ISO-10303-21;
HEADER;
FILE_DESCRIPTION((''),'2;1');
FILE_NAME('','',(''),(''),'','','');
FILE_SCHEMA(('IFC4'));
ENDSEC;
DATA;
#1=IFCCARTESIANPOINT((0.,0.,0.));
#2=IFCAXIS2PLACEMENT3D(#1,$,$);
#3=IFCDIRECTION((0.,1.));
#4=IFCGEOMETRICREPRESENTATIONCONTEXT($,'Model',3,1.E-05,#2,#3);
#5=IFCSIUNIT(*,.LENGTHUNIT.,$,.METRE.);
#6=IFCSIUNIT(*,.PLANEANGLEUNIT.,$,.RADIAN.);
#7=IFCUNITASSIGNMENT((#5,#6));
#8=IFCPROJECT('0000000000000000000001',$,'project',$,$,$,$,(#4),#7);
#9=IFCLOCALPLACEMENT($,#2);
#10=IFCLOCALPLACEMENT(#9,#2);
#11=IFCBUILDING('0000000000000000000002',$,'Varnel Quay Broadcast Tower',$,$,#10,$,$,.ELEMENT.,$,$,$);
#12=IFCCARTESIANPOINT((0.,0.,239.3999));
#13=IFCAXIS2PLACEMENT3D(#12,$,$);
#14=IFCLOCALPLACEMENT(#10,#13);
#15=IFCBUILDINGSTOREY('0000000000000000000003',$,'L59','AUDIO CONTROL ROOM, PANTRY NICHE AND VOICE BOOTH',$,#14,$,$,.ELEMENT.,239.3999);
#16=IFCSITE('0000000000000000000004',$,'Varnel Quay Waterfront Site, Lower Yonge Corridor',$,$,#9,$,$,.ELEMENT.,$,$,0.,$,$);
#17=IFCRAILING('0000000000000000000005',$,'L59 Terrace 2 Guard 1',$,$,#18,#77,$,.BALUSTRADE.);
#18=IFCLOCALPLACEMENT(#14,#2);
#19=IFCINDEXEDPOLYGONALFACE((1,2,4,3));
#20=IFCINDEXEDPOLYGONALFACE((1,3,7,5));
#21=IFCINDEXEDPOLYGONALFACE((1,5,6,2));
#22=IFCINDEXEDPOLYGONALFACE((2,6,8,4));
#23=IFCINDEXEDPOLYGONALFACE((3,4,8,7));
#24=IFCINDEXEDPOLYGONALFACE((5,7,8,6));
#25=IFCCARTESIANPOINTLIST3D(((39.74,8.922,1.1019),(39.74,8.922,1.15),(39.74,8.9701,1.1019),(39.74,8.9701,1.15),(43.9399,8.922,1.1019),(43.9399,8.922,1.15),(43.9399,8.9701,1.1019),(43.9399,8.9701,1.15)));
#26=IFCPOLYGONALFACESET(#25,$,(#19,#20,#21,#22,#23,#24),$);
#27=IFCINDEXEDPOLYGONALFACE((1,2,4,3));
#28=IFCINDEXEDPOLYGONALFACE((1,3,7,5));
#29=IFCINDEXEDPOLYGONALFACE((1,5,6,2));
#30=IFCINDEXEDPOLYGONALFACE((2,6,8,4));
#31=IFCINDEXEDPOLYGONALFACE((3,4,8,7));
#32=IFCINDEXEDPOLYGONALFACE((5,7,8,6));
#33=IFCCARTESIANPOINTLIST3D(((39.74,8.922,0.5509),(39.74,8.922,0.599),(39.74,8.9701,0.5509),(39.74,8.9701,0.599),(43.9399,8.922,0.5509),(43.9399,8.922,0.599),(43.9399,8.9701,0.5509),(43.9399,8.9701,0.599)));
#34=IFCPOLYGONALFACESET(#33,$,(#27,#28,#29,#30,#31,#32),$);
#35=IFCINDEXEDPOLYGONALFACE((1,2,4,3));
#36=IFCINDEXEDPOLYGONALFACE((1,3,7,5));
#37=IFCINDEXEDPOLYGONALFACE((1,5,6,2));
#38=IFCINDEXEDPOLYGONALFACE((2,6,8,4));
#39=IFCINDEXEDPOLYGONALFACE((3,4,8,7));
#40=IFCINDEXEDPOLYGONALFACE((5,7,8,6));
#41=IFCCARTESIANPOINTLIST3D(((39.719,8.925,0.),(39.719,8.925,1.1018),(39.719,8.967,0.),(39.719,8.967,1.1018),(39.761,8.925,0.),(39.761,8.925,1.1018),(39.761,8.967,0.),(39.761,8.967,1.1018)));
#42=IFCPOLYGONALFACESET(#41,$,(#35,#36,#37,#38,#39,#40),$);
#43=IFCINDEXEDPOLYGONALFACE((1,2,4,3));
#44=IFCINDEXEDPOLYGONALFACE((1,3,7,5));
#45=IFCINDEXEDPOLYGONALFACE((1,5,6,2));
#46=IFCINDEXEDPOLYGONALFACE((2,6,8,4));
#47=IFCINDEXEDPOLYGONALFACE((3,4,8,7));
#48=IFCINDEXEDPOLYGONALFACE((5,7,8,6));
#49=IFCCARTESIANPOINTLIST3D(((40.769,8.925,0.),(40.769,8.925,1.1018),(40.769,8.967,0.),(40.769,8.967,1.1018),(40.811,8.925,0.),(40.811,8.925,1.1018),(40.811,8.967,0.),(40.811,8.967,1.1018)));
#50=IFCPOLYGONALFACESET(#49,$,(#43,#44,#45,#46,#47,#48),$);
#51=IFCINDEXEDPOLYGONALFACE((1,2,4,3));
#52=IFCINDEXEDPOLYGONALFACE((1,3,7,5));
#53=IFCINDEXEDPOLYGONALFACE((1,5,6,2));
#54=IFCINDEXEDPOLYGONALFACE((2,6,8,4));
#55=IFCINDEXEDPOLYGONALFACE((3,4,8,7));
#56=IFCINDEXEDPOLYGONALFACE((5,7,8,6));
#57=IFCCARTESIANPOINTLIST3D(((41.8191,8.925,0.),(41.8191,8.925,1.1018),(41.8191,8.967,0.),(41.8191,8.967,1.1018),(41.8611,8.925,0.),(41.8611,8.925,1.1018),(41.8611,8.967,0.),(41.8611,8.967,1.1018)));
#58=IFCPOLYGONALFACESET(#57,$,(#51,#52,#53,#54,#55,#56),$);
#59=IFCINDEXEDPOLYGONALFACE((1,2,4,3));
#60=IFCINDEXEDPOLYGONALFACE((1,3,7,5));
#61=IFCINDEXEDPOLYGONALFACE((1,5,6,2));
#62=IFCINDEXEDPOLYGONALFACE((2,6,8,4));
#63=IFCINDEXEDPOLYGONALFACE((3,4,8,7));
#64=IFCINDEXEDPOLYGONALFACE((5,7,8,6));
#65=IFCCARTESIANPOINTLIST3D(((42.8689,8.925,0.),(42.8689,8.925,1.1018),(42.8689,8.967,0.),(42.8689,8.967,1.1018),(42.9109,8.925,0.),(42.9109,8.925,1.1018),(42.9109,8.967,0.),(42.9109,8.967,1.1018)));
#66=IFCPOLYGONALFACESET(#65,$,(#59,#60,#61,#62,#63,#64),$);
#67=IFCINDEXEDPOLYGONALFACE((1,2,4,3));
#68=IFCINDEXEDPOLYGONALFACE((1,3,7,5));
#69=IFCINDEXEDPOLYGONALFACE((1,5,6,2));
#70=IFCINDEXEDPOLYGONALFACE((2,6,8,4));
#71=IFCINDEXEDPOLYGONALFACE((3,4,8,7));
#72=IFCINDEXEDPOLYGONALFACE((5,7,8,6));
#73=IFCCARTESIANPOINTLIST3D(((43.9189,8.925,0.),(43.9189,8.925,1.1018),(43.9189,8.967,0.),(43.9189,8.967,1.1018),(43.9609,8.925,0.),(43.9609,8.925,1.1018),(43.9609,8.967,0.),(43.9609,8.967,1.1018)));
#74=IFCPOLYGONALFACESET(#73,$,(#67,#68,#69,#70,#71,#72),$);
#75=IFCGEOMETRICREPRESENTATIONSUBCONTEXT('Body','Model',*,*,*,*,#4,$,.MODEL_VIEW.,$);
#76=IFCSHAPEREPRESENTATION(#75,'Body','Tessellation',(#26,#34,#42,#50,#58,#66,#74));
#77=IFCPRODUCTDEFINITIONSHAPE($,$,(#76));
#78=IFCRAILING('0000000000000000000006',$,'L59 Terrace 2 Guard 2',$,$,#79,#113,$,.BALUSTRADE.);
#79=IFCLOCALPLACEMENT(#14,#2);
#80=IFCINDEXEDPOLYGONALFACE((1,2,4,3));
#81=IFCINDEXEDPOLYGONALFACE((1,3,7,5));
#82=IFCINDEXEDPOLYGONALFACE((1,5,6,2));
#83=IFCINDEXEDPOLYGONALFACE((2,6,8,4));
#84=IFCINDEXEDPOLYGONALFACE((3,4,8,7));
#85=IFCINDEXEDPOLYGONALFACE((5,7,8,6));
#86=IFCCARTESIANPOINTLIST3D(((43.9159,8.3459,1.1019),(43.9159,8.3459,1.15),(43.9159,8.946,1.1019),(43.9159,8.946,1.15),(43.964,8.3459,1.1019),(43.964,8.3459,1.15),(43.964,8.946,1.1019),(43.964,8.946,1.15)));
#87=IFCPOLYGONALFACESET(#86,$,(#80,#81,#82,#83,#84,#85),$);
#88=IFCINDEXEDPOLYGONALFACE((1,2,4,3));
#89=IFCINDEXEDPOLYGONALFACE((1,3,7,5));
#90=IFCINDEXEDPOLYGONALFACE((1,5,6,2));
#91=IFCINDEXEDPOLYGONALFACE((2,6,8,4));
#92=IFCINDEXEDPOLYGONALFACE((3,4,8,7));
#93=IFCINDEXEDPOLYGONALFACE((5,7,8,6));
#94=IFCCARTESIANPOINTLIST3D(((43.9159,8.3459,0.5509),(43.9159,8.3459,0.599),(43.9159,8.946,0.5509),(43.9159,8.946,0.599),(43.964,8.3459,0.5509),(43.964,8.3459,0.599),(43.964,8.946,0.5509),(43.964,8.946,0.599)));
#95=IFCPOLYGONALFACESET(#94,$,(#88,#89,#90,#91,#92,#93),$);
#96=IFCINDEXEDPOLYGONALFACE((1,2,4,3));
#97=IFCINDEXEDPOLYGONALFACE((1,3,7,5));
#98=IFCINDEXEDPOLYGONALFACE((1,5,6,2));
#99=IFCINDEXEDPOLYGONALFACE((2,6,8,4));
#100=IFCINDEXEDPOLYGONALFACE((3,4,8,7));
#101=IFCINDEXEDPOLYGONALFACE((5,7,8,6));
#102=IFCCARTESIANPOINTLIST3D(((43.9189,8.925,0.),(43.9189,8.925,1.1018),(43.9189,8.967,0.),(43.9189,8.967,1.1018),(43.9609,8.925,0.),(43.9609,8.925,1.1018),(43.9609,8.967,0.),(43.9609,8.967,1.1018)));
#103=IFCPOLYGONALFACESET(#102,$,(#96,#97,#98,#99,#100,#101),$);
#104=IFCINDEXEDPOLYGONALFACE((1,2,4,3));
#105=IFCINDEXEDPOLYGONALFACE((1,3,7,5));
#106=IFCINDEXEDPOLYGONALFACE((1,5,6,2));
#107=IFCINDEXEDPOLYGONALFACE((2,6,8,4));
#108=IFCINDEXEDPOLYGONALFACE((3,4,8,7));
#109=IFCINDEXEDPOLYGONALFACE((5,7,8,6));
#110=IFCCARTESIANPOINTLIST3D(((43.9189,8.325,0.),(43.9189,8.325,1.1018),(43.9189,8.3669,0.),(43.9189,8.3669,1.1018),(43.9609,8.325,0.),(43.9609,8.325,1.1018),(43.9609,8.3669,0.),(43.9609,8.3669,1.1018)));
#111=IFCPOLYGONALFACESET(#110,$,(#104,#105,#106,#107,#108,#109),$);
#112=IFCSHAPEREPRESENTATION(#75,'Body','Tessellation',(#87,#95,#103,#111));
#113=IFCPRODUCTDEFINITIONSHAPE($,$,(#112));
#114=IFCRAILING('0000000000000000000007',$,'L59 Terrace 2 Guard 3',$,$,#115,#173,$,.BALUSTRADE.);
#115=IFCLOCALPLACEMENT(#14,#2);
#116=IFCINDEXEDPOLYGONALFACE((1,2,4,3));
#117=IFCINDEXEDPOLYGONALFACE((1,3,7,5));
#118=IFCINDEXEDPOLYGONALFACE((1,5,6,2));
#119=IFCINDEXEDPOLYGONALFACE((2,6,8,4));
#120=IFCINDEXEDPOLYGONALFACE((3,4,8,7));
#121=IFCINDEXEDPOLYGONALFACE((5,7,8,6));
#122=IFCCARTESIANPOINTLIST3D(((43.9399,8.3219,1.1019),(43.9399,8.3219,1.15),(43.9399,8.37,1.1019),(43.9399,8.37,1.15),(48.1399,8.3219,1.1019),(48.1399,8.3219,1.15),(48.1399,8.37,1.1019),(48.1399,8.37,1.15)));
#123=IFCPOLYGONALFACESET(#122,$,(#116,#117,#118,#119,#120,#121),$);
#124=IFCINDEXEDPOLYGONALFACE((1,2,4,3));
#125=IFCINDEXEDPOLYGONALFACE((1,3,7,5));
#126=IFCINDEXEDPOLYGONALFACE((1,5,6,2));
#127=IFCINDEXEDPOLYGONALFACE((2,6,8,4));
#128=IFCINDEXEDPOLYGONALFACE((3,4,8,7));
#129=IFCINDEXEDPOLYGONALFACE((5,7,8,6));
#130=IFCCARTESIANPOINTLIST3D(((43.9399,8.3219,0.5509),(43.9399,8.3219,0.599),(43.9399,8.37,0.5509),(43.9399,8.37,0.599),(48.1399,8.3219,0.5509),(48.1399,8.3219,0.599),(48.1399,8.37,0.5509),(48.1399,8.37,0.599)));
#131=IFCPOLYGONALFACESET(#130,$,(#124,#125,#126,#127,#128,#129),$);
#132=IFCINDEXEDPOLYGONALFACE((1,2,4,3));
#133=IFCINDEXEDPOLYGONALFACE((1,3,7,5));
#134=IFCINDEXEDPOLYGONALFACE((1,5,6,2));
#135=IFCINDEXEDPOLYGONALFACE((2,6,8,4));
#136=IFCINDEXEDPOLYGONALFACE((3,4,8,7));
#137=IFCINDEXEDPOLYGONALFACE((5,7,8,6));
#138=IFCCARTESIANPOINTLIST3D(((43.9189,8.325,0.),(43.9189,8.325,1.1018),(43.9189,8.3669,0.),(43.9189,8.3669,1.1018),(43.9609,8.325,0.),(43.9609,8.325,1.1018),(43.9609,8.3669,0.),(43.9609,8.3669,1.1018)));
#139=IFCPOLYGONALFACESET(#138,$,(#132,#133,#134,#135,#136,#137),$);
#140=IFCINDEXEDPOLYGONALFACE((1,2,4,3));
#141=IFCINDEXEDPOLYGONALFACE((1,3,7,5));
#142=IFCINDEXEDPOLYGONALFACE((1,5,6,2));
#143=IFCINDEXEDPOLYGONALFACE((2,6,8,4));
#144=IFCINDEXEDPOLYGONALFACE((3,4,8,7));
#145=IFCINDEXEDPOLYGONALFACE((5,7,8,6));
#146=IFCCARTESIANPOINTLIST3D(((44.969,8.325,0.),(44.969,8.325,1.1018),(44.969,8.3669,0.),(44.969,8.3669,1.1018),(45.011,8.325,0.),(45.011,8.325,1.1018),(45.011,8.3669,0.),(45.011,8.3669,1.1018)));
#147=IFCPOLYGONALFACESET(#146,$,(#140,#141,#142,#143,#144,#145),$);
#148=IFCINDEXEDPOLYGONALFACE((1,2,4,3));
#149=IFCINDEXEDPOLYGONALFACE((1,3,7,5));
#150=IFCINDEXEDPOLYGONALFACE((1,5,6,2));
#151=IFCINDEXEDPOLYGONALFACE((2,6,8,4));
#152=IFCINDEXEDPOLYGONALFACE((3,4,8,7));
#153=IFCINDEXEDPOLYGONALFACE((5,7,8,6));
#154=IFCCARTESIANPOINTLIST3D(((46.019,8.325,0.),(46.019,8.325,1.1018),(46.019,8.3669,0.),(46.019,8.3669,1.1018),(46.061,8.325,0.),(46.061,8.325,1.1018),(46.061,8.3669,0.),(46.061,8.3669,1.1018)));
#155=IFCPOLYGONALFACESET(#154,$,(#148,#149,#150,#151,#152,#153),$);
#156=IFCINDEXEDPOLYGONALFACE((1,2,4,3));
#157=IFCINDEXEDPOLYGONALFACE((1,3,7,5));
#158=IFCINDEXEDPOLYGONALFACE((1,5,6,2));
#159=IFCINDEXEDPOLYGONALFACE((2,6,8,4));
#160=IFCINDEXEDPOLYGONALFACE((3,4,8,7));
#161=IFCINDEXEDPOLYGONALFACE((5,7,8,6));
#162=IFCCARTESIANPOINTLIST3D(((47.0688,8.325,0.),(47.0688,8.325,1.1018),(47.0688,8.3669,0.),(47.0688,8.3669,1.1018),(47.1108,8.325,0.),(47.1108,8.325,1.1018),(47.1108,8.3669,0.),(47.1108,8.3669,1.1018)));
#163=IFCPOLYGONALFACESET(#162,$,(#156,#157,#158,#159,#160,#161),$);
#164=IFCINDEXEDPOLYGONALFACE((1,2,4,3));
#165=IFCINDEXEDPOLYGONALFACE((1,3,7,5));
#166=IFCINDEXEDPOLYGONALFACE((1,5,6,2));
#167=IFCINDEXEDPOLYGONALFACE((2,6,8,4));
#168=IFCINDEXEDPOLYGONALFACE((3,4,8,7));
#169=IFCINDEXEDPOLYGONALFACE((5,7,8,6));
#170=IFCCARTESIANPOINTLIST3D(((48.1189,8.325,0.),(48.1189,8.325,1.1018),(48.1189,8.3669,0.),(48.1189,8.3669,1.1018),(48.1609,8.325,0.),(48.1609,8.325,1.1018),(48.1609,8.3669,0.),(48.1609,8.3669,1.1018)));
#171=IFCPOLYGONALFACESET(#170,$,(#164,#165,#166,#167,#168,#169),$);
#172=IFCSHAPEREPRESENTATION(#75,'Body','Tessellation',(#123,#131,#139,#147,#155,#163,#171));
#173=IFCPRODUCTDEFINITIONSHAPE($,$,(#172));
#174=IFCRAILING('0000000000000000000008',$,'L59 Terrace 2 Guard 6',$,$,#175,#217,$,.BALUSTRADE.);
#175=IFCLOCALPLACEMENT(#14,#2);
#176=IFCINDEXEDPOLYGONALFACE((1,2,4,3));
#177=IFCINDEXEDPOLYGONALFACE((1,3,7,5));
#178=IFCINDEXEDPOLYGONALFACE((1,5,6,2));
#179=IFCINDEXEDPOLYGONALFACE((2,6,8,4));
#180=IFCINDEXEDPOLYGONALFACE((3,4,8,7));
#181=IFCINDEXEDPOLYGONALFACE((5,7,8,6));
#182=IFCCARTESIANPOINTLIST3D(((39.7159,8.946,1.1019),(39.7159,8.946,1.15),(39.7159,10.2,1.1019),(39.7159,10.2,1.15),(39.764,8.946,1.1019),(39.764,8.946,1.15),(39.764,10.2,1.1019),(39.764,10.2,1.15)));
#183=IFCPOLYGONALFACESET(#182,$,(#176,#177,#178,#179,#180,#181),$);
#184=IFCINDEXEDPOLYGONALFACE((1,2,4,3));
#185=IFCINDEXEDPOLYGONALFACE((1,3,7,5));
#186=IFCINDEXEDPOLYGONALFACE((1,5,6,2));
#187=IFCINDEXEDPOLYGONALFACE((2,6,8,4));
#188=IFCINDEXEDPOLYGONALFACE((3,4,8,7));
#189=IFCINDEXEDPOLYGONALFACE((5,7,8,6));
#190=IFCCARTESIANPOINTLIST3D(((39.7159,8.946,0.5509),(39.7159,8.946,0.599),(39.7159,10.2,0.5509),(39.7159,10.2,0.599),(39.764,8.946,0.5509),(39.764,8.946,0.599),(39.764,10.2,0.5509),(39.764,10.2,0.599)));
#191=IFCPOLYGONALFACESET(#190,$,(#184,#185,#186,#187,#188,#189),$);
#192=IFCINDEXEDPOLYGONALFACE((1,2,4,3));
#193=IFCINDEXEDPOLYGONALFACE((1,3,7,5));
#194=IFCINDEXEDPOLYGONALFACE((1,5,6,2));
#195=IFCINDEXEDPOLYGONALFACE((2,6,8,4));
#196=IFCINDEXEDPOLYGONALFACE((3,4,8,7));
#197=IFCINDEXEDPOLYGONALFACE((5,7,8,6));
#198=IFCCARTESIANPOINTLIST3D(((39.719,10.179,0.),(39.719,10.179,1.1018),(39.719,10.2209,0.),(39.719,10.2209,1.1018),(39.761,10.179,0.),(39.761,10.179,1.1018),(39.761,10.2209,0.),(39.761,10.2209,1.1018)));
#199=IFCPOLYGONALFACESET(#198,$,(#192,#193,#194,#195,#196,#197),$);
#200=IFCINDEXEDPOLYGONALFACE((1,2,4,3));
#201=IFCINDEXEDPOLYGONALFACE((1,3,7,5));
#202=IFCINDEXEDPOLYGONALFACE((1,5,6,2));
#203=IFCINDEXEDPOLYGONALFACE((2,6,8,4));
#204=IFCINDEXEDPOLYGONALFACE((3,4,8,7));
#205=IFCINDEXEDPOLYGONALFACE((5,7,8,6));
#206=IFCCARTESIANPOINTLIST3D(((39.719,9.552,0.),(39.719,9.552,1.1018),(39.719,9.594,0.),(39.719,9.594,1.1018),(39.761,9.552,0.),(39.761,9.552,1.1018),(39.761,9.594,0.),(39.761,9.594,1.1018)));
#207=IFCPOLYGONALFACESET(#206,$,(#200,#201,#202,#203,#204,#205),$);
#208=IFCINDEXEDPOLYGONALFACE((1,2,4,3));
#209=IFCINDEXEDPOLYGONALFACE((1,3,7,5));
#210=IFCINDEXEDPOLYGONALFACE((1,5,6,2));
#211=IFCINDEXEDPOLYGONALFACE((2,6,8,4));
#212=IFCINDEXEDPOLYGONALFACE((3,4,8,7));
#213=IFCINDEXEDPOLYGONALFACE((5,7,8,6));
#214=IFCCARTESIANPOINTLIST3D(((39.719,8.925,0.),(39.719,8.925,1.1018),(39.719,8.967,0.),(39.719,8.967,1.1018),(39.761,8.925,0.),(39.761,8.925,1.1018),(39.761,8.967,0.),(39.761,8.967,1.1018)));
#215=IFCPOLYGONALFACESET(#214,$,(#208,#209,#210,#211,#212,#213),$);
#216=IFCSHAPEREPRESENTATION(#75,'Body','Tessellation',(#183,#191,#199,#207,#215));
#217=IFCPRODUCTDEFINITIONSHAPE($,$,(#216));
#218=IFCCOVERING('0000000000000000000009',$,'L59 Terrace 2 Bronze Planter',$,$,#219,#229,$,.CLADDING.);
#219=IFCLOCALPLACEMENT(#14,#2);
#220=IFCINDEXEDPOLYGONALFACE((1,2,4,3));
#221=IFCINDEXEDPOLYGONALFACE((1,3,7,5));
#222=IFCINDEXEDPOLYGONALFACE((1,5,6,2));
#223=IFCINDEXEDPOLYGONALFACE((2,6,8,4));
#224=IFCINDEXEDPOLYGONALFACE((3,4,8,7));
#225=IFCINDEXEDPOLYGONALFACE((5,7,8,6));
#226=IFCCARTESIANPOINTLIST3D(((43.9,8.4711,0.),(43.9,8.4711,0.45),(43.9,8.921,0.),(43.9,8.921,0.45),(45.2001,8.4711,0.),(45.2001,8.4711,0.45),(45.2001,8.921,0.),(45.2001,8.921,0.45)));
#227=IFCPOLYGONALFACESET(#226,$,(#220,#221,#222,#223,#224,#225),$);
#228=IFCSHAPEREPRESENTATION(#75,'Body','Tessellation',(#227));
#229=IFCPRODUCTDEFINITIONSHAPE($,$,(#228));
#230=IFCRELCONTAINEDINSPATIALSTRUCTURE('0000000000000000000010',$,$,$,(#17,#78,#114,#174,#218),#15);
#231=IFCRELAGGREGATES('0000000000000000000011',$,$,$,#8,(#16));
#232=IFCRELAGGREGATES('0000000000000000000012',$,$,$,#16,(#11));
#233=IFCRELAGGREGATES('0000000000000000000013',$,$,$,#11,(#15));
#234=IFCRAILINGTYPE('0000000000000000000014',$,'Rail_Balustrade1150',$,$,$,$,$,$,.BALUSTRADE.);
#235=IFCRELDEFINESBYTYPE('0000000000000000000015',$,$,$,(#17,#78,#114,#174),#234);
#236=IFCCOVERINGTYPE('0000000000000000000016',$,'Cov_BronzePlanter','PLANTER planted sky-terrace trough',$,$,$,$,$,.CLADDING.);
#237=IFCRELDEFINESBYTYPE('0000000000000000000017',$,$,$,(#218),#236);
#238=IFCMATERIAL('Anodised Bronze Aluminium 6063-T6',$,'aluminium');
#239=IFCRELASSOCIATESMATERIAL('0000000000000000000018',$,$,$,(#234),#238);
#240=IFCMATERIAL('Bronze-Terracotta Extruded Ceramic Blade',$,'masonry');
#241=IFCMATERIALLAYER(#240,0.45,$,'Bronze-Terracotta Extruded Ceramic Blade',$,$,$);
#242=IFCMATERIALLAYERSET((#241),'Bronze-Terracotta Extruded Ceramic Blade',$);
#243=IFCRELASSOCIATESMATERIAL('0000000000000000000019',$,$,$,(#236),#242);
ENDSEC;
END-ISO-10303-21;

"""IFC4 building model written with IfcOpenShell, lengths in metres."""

from ifc_helpers import new_model, si_unit, direction, frame, origin, origin_2d, place, context, subcontext, project, spatial, rectangle, extrude, source, transform, mapped, material, layer, layer_set, type_object, type_shapes, element, save


model = new_model("IFC4")

# Units and contexts
model_context = context("Model", 3, precision=1e-05, world=origin(), true_north=direction((0.0, 1.0)))
body_context = subcontext(model_context, "Body", "Model", "MODEL_VIEW")
ifc_project = project(units=[si_unit("LENGTHUNIT", "METRE"), si_unit("PLANEANGLEUNIT", "RADIAN")], contexts=[model_context])

# Site, building, storey
site_placement = place(None, origin())
site = spatial("IfcSite", under=ifc_project, at=site_placement, Name="Varnel Quay Waterfront Site, Lower Yonge Corridor", CompositionType="ELEMENT", RefElevation=0.0)
building_placement = place(site_placement, origin())
building = spatial("IfcBuilding", under=site, at=building_placement, Name="Varnel Quay Broadcast Tower", CompositionType="ELEMENT")
storey_placement = place(building_placement, frame((0.0, 0.0, 239.3999)))
storey = spatial("IfcBuildingStorey", under=building, at=storey_placement, Name="L59", Description="AUDIO CONTROL ROOM, PANTRY NICHE AND VOICE BOOTH", CompositionType="ELEMENT", Elevation=239.3999)

# Shared definitions
ifc_material_1 = material(Name="Anodised Bronze Aluminium 6063-T6", Category="aluminium")

# Railings
railing_type = type_object("IfcRailingType", Name="Rail_Balustrade1150", PredefinedType="BALUSTRADE", material=ifc_material_1)
railing_1_placement = place(storey_placement, frame((39.74, 8.946, 0.0)))
element("IfcRailing", 1, at=railing_1_placement, inside=storey, type_object=railing_type, Name="L59 Terrace 2 Guard 1", PredefinedType="BALUSTRADE", context=body_context, shape_type="SweptSolid", body=[
    extrude(rectangle(XDim=0.0481, YDim=0.0481, at=origin_2d()), frame((0.0, 0.0, 1.126), z_axis=(1.0, 0.0, 0.0), x_axis=(0.0, 1.0, 0.0)), (0.0, 0.0, 1.0), 4.2),
    extrude(rectangle(XDim=0.0481, YDim=0.0481, at=origin_2d()), frame((0.0, 0.0, 0.575), z_axis=(1.0, 0.0, 0.0), x_axis=(0.0, 1.0, 0.0)), (0.0, 0.0, 1.0), 4.2),
    extrude(rectangle(XDim=0.042, YDim=0.042, at=origin_2d()), origin(), (0.0, 0.0, 1.0), 1.1018),
    extrude(rectangle(XDim=0.042, YDim=0.042, at=origin_2d()), frame((1.05, 0.0, 0.0)), (0.0, 0.0, 1.0), 1.1018),
    extrude(rectangle(XDim=0.042, YDim=0.042, at=origin_2d()), frame((2.1001, 0.0, 0.0)), (0.0, 0.0, 1.0), 1.1018),
    extrude(rectangle(XDim=0.042, YDim=0.042, at=origin_2d()), frame((3.1499, 0.0, 0.0)), (0.0, 0.0, 1.0), 1.1018),
    extrude(rectangle(XDim=0.042, YDim=0.042, at=origin_2d()), frame((4.2, 0.0, 0.0)), (0.0, 0.0, 1.0), 1.1018),
])
railing_2_placement = place(storey_placement, frame((43.9399, 8.946, 0.0)))
element("IfcRailing", 2, at=railing_2_placement, inside=storey, type_object=railing_type, Name="L59 Terrace 2 Guard 2", PredefinedType="BALUSTRADE", context=body_context, shape_type="SweptSolid", body=[
    extrude(rectangle(XDim=0.0481, YDim=0.0481, at=origin_2d()), frame((0.0, 0.0, 1.126), z_axis=(0.0, -1.0, 0.0), x_axis=(1.0, 0.0, 0.0)), (0.0, 0.0, 1.0), 0.6001),
    extrude(rectangle(XDim=0.0481, YDim=0.0481, at=origin_2d()), frame((0.0, 0.0, 0.575), z_axis=(0.0, -1.0, 0.0), x_axis=(1.0, 0.0, 0.0)), (0.0, 0.0, 1.0), 0.6001),
    extrude(rectangle(XDim=0.042, YDim=0.042, at=origin_2d()), origin(), (0.0, 0.0, 1.0), 1.1018),
    extrude(rectangle(XDim=0.042, YDim=0.042, at=origin_2d()), frame((0.0, -0.6001, 0.0)), (0.0, 0.0, 1.0), 1.1018),
])
railing_3_placement = place(storey_placement, frame((43.9399, 8.3459, 0.0)))
element("IfcRailing", 3, at=railing_3_placement, inside=storey, type_object=railing_type, Name="L59 Terrace 2 Guard 3", PredefinedType="BALUSTRADE", context=body_context, shape_type="SweptSolid", body=[
    extrude(rectangle(XDim=0.0481, YDim=0.0481, at=origin_2d()), frame((0.0, 0.0, 1.126), z_axis=(1.0, 0.0, 0.0), x_axis=(0.0, 1.0, 0.0)), (0.0, 0.0, 1.0), 4.2),
    extrude(rectangle(XDim=0.0481, YDim=0.0481, at=origin_2d()), frame((0.0, 0.0, 0.575), z_axis=(1.0, 0.0, 0.0), x_axis=(0.0, 1.0, 0.0)), (0.0, 0.0, 1.0), 4.2),
    extrude(rectangle(XDim=0.042, YDim=0.042, at=origin_2d()), origin(), (0.0, 0.0, 1.0), 1.1018),
    extrude(rectangle(XDim=0.042, YDim=0.042, at=origin_2d()), frame((1.05, 0.0, 0.0)), (0.0, 0.0, 1.0), 1.1018),
    extrude(rectangle(XDim=0.042, YDim=0.042, at=origin_2d()), frame((2.1001, 0.0, 0.0)), (0.0, 0.0, 1.0), 1.1018),
    extrude(rectangle(XDim=0.042, YDim=0.042, at=origin_2d()), frame((3.1499, 0.0, 0.0)), (0.0, 0.0, 1.0), 1.1018),
    extrude(rectangle(XDim=0.042, YDim=0.042, at=origin_2d()), frame((4.2, 0.0, 0.0)), (0.0, 0.0, 1.0), 1.1018),
])
railing_4_placement = place(storey_placement, frame((39.74, 10.2, 0.0)))
element("IfcRailing", 4, at=railing_4_placement, inside=storey, type_object=railing_type, Name="L59 Terrace 2 Guard 6", PredefinedType="BALUSTRADE", context=body_context, shape_type="SweptSolid", body=[
    extrude(rectangle(XDim=0.0481, YDim=0.0481, at=origin_2d()), frame((0.0, 0.0, 1.126), z_axis=(0.0, -1.0, 0.0), x_axis=(1.0, 0.0, 0.0)), (0.0, 0.0, 1.0), 1.2539),
    extrude(rectangle(XDim=0.0481, YDim=0.0481, at=origin_2d()), frame((0.0, 0.0, 0.575), z_axis=(0.0, -1.0, 0.0), x_axis=(1.0, 0.0, 0.0)), (0.0, 0.0, 1.0), 1.2539),
    extrude(rectangle(XDim=0.042, YDim=0.042, at=origin_2d()), origin(), (0.0, 0.0, 1.0), 1.1018),
    extrude(rectangle(XDim=0.042, YDim=0.042, at=origin_2d()), frame((0.0, -0.627, 0.0)), (0.0, 0.0, 1.0), 1.1018),
    extrude(rectangle(XDim=0.042, YDim=0.042, at=origin_2d()), frame((0.0, -1.2539, 0.0)), (0.0, 0.0, 1.0), 1.1018),
])

# Covering
ifc_material_2 = material(Name="Bronze-Terracotta Extruded Ceramic Blade", Category="masonry")
ifc_layer_1 = layer(ifc_material_2, 0.45, Name="Bronze-Terracotta Extruded Ceramic Blade")
ifc_layer_set_1 = layer_set([ifc_layer_1], Name="Bronze-Terracotta Extruded Ceramic Blade")
covering_type = type_object("IfcCoveringType", Name="Cov_BronzePlanter", Description="PLANTER planted sky-terrace trough", PredefinedType="CLADDING", material=ifc_layer_set_1)
shared_shape_1 = source(origin(), body_context, "Body", "SweptSolid", [
    extrude(rectangle(XDim=1.3, YDim=0.45, at=origin_2d()), origin(), (0.0, 0.0, 1.0), 0.45),
])
type_shapes(covering_type, [shared_shape_1])
covering_placement = place(storey_placement, frame((44.55, 8.696, 0.0), z_axis=(0.0, 0.0, 1.0), x_axis=(1.0, 0.0, 0.0)))
element("IfcCovering", 5, at=covering_placement, inside=storey, type_object=covering_type, Name="L59 Terrace 2 Bronze Planter", PredefinedType="CLADDING", context=body_context, shape_type="MappedRepresentation", body=[
    mapped(shared_shape_1, transform((0.0, 0.0, 0.0), x_axis=(1.0, 0.0, 0.0), y_axis=(0.0, 1.0, 0.0), z_axis=(0.0, 0.0, 1.0), scale=1.0)),
])

save(model, "model.ifc")
